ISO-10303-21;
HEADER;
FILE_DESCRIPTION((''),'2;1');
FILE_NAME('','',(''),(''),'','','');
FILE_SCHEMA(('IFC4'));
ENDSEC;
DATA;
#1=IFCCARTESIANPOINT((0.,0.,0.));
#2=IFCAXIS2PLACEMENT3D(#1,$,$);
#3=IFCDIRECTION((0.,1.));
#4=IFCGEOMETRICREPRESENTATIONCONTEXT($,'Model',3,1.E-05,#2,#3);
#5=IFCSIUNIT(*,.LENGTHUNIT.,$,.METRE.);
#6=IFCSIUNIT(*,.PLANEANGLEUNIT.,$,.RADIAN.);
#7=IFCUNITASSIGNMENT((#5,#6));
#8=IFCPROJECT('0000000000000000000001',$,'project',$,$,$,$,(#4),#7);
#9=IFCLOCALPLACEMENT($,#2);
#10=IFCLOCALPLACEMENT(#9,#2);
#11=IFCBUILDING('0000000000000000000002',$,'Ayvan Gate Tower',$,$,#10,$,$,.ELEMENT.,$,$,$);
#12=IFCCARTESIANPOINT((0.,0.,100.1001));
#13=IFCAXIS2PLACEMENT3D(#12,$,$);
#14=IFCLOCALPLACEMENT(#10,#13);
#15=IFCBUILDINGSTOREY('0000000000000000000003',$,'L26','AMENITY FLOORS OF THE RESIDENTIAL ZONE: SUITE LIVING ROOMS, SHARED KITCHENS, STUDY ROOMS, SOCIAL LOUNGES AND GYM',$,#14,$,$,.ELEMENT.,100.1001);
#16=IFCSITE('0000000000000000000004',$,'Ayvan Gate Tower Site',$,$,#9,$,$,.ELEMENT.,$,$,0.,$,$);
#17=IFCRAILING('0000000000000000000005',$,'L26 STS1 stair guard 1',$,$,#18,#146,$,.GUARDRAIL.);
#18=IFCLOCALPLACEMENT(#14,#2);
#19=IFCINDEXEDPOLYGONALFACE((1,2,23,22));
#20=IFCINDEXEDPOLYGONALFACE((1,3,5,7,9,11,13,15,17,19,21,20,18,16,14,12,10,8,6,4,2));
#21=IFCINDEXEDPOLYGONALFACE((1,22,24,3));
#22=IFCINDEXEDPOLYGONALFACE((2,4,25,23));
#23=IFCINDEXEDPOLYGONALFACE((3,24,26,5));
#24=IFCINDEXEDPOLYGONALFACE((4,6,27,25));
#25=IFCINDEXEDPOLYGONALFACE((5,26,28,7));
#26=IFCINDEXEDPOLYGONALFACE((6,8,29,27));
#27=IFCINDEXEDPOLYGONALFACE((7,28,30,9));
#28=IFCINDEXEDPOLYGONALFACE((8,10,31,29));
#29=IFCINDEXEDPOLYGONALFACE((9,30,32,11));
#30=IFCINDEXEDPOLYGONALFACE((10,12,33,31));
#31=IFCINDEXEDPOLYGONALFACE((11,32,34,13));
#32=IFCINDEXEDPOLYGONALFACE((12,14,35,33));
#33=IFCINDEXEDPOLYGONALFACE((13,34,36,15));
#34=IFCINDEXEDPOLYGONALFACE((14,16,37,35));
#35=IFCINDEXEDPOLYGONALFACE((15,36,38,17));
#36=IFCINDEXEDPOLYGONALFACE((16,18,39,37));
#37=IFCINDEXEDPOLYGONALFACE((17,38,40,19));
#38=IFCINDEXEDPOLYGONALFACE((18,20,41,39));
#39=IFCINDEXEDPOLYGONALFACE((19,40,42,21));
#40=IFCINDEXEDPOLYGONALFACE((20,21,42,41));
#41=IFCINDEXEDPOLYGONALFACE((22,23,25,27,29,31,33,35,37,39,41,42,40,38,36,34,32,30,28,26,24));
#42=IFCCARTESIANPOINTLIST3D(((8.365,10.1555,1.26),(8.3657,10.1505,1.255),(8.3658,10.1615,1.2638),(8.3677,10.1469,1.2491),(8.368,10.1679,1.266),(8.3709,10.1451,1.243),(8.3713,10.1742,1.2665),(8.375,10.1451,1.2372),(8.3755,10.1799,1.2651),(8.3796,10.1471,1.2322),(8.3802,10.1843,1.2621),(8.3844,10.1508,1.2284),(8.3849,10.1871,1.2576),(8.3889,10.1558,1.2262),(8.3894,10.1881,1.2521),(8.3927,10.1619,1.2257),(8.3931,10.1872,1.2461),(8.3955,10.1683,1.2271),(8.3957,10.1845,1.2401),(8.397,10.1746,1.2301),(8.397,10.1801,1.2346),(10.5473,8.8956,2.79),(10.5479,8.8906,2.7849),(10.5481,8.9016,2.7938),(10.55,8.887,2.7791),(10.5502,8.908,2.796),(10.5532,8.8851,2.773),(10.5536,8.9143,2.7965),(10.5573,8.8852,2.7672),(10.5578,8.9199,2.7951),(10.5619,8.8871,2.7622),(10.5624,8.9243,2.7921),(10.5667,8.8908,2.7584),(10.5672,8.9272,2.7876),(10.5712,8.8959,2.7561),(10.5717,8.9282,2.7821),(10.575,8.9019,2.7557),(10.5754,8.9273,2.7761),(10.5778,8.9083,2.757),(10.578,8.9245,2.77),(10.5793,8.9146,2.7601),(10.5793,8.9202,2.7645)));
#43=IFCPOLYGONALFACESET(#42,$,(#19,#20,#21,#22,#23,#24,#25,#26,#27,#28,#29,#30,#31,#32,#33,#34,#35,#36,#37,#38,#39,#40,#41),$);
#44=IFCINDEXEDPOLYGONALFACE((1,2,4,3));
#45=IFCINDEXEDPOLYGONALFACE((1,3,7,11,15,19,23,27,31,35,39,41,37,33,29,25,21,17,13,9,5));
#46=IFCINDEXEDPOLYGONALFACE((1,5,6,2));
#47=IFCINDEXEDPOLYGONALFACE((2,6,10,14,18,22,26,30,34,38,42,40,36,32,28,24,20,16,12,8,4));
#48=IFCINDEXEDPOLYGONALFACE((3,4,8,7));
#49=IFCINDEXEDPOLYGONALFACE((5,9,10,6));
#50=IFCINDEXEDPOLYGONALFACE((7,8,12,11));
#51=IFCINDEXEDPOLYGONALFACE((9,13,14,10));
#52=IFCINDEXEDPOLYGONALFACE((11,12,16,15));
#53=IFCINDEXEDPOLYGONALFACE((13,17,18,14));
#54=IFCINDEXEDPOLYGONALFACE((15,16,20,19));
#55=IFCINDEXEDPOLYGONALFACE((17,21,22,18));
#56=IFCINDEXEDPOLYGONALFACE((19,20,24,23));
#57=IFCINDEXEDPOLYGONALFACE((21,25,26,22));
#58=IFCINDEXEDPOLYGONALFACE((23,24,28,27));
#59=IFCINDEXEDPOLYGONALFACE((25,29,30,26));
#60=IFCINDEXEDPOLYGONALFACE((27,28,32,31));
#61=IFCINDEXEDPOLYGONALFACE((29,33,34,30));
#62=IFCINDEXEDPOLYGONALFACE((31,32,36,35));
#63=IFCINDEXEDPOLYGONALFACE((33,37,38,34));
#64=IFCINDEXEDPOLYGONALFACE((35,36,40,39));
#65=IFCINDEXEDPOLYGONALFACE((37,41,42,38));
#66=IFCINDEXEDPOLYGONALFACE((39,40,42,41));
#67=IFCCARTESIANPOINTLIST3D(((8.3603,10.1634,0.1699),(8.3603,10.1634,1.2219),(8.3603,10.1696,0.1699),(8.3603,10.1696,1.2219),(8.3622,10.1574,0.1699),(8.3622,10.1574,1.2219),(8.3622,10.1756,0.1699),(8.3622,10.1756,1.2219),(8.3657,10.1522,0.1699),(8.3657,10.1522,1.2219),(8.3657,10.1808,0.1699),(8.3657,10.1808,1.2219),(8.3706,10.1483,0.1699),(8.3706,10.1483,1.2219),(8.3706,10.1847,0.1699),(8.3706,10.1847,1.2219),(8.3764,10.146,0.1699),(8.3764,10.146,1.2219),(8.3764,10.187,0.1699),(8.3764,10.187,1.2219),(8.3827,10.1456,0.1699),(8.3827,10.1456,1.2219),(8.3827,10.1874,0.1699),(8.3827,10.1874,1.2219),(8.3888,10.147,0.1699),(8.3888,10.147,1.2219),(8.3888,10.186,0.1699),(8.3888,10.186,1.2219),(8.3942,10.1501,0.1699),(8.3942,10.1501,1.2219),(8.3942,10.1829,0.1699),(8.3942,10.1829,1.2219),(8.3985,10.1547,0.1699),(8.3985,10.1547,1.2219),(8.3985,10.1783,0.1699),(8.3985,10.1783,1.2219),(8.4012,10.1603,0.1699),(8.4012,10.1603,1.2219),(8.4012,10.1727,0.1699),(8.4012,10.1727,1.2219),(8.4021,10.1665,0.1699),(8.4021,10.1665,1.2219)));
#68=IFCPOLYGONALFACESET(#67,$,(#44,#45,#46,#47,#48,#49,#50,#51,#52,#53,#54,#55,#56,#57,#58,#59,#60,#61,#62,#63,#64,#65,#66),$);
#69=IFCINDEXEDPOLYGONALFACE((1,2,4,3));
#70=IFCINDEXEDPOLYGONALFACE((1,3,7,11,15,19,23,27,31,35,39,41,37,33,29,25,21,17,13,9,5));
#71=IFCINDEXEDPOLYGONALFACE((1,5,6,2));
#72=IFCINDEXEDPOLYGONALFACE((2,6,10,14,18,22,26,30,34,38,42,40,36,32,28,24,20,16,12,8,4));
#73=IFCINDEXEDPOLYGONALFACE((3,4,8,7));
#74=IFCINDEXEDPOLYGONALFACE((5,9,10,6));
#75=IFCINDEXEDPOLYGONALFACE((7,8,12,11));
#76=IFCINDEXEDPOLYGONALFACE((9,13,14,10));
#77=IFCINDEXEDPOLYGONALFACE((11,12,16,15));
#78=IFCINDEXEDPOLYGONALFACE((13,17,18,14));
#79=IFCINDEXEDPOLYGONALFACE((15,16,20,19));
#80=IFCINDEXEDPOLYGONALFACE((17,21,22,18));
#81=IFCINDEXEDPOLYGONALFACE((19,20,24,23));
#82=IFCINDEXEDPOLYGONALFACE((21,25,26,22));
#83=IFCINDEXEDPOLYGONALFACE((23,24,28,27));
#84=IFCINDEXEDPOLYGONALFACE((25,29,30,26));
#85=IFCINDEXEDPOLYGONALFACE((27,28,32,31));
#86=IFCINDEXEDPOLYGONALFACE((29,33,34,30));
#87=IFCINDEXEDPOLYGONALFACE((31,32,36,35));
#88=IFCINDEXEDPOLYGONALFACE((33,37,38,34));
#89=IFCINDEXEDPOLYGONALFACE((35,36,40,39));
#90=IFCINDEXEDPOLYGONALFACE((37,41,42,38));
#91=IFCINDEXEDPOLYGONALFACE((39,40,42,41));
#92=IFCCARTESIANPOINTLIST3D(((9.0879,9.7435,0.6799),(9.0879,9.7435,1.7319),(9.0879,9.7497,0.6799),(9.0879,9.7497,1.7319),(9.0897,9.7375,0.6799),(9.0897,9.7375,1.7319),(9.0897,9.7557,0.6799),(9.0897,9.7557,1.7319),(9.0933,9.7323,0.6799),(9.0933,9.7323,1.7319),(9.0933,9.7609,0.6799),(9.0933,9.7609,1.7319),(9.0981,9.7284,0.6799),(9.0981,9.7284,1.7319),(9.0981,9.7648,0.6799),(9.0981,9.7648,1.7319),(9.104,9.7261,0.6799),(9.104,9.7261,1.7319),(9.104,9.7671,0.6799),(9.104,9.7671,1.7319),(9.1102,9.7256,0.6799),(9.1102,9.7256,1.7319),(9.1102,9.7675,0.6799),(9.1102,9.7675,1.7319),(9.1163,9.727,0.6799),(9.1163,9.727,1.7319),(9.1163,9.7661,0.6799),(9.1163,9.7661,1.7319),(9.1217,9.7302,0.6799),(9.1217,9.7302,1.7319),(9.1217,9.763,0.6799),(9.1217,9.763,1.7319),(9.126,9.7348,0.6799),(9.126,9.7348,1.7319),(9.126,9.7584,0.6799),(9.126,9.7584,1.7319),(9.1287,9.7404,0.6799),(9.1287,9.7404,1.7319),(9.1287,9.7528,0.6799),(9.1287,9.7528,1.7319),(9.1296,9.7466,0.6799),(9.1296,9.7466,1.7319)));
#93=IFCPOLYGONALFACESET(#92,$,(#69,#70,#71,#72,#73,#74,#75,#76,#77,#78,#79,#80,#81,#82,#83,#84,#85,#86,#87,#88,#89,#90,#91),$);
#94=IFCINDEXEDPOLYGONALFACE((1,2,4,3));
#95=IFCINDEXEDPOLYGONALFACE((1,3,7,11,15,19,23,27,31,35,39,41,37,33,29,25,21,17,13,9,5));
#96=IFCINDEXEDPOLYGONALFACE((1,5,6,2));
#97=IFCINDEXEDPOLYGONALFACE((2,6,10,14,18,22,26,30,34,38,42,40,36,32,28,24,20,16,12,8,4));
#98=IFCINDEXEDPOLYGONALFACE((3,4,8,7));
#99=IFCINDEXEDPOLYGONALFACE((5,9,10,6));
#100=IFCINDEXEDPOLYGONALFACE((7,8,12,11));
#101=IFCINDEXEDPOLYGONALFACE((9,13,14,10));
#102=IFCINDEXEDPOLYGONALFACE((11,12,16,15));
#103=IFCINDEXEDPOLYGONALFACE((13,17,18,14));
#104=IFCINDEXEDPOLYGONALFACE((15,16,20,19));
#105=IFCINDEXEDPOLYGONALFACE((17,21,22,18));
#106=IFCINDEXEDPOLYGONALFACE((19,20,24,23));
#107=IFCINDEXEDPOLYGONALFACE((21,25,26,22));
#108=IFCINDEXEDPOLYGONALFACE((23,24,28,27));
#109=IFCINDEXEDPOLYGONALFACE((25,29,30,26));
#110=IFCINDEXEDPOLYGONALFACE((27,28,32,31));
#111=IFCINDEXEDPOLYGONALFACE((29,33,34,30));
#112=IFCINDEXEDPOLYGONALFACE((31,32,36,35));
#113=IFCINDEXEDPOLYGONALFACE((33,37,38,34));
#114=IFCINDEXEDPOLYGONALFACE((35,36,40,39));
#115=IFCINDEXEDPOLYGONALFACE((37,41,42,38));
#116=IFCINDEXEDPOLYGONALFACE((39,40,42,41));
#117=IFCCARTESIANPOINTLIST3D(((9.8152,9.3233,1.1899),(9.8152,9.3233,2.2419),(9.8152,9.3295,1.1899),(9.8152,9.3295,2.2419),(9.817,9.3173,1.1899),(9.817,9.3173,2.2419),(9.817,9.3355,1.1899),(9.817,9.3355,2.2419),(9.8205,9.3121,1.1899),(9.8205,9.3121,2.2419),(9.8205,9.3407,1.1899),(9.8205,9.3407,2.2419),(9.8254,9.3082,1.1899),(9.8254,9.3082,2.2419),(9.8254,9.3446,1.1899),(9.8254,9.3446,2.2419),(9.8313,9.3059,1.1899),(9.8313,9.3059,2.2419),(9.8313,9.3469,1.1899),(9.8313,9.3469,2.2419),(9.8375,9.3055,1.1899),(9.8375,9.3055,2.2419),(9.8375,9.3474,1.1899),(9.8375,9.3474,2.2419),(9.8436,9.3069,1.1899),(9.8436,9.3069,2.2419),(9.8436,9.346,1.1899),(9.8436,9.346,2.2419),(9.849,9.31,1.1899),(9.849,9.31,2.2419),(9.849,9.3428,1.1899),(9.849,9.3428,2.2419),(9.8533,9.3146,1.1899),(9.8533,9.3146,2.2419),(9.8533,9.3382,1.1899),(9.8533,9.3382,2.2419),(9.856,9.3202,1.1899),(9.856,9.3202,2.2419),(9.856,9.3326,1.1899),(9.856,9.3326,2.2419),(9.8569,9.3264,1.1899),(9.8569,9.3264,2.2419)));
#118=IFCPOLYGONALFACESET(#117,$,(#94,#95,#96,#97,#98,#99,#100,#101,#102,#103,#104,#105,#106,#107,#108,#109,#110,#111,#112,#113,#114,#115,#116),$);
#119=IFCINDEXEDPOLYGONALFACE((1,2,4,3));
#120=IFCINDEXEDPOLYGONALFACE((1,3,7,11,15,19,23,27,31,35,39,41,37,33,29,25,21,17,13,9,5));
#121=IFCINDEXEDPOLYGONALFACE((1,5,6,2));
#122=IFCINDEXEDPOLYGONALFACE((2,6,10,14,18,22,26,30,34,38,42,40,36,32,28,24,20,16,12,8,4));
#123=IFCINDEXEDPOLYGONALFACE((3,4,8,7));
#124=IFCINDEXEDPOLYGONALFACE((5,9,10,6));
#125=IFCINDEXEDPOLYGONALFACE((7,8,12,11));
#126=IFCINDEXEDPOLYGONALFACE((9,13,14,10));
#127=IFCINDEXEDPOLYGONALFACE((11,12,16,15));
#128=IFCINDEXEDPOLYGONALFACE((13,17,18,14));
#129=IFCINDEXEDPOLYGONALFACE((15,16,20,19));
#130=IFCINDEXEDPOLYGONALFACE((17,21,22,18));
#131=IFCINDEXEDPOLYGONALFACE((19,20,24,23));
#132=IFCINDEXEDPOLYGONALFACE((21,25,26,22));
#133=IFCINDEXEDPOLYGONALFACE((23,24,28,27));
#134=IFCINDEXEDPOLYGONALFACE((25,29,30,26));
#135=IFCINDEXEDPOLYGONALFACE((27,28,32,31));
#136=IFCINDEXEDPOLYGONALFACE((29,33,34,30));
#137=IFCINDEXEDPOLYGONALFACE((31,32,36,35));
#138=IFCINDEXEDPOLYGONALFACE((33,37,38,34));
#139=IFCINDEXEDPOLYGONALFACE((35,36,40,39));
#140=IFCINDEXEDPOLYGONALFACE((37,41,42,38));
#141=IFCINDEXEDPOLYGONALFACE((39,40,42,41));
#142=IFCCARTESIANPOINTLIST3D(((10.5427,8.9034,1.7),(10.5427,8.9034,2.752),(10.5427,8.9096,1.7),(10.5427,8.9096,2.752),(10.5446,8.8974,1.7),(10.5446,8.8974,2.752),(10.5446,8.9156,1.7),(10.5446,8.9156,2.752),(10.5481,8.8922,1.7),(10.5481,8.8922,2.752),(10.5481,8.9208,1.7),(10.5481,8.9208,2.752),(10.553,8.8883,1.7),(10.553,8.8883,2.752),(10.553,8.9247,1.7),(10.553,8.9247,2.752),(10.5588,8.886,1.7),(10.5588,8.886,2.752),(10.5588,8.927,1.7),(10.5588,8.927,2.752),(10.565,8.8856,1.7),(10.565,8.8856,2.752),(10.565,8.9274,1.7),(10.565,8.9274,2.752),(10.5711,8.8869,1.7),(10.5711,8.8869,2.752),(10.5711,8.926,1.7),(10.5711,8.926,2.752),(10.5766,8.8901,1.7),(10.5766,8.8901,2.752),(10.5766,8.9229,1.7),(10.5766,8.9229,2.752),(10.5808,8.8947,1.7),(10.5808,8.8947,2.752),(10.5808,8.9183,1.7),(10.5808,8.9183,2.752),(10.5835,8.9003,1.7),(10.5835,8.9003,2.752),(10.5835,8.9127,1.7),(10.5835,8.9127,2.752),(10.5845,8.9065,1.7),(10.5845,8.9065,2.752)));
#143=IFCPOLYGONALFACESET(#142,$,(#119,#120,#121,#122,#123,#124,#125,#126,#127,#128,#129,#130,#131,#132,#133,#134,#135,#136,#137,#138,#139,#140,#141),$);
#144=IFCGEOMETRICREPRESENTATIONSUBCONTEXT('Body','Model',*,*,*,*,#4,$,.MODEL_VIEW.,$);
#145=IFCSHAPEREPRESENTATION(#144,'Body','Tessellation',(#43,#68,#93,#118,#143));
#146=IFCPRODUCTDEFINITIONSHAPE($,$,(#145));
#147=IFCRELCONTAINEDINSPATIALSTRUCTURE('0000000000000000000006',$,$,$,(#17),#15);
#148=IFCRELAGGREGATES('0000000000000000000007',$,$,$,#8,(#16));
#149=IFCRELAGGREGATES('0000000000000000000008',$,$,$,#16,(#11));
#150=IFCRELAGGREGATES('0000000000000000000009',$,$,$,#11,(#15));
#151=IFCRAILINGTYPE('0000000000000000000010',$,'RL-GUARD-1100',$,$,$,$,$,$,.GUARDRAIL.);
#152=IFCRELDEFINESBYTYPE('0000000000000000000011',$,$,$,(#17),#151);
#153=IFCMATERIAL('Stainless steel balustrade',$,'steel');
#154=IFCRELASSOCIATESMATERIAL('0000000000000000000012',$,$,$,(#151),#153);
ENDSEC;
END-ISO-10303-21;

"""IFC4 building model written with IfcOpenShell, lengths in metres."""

from ifc_helpers import new_model, si_unit, direction, frame, origin, origin_2d, place, context, subcontext, project, spatial, circle, extrude, material, type_object, element, save


model = new_model("IFC4")

# Units and contexts
model_context = context("Model", 3, precision=1e-05, world=origin(), true_north=direction((0.0, 1.0)))
body_context = subcontext(model_context, "Body", "Model", "MODEL_VIEW")
ifc_project = project(units=[si_unit("LENGTHUNIT", "METRE"), si_unit("PLANEANGLEUNIT", "RADIAN")], contexts=[model_context])

# Site, building, storey
site_placement = place(None, origin())
site = spatial("IfcSite", under=ifc_project, at=site_placement, Name="Ayvan Gate Tower Site", CompositionType="ELEMENT", RefElevation=0.0)
building_placement = place(site_placement, origin())
building = spatial("IfcBuilding", under=site, at=building_placement, Name="Ayvan Gate Tower", CompositionType="ELEMENT")
storey_placement = place(building_placement, frame((0.0, 0.0, 100.1001)))
storey = spatial("IfcBuildingStorey", under=building, at=storey_placement, Name="L26", Description="AMENITY FLOORS OF THE RESIDENTIAL ZONE: SUITE LIVING ROOMS, SHARED KITCHENS, STUDY ROOMS, SOCIAL LOUNGES AND GYM", CompositionType="ELEMENT", Elevation=100.1001)

# Railing
ifc_material_1 = material(Name="Stainless steel balustrade", Category="steel")
railing_type_1 = type_object("IfcRailingType", Name="RL-GUARD-1100", PredefinedType="GUARDRAIL", material=ifc_material_1)
railing_1_placement = place(storey_placement, frame((8.3811, 10.1665, 0.1699)))
element("IfcRailing", 1, at=railing_1_placement, inside=storey, type_object=railing_type_1, Name="L26 STS1 stair guard 1", PredefinedType="GUARDRAIL", context=body_context, shape_type="SweptSolid", body=[
    extrude(circle(Radius=0.0239, at=origin_2d()), frame((0.0, 0.0, 1.0762), z_axis=(0.740261, -0.427395, 0.518986), x_axis=(0.500005, 0.866023, 0.0)), (0.0, 0.0, 1.0), 2.948),
    extrude(circle(Radius=0.021, at=origin_2d()), origin(), (0.0, 0.0, 1.0), 1.052),
    extrude(circle(Radius=0.021, at=origin_2d()), frame((0.7275, -0.4199, 0.51)), (0.0, 0.0, 1.0), 1.052),
    extrude(circle(Radius=0.021, at=origin_2d()), frame((1.4548, -0.8401, 1.02)), (0.0, 0.0, 1.0), 1.052),
    extrude(circle(Radius=0.021, at=origin_2d()), frame((2.1824, -1.26, 1.53)), (0.0, 0.0, 1.0), 1.052),
])

save(model, "model.ifc")
